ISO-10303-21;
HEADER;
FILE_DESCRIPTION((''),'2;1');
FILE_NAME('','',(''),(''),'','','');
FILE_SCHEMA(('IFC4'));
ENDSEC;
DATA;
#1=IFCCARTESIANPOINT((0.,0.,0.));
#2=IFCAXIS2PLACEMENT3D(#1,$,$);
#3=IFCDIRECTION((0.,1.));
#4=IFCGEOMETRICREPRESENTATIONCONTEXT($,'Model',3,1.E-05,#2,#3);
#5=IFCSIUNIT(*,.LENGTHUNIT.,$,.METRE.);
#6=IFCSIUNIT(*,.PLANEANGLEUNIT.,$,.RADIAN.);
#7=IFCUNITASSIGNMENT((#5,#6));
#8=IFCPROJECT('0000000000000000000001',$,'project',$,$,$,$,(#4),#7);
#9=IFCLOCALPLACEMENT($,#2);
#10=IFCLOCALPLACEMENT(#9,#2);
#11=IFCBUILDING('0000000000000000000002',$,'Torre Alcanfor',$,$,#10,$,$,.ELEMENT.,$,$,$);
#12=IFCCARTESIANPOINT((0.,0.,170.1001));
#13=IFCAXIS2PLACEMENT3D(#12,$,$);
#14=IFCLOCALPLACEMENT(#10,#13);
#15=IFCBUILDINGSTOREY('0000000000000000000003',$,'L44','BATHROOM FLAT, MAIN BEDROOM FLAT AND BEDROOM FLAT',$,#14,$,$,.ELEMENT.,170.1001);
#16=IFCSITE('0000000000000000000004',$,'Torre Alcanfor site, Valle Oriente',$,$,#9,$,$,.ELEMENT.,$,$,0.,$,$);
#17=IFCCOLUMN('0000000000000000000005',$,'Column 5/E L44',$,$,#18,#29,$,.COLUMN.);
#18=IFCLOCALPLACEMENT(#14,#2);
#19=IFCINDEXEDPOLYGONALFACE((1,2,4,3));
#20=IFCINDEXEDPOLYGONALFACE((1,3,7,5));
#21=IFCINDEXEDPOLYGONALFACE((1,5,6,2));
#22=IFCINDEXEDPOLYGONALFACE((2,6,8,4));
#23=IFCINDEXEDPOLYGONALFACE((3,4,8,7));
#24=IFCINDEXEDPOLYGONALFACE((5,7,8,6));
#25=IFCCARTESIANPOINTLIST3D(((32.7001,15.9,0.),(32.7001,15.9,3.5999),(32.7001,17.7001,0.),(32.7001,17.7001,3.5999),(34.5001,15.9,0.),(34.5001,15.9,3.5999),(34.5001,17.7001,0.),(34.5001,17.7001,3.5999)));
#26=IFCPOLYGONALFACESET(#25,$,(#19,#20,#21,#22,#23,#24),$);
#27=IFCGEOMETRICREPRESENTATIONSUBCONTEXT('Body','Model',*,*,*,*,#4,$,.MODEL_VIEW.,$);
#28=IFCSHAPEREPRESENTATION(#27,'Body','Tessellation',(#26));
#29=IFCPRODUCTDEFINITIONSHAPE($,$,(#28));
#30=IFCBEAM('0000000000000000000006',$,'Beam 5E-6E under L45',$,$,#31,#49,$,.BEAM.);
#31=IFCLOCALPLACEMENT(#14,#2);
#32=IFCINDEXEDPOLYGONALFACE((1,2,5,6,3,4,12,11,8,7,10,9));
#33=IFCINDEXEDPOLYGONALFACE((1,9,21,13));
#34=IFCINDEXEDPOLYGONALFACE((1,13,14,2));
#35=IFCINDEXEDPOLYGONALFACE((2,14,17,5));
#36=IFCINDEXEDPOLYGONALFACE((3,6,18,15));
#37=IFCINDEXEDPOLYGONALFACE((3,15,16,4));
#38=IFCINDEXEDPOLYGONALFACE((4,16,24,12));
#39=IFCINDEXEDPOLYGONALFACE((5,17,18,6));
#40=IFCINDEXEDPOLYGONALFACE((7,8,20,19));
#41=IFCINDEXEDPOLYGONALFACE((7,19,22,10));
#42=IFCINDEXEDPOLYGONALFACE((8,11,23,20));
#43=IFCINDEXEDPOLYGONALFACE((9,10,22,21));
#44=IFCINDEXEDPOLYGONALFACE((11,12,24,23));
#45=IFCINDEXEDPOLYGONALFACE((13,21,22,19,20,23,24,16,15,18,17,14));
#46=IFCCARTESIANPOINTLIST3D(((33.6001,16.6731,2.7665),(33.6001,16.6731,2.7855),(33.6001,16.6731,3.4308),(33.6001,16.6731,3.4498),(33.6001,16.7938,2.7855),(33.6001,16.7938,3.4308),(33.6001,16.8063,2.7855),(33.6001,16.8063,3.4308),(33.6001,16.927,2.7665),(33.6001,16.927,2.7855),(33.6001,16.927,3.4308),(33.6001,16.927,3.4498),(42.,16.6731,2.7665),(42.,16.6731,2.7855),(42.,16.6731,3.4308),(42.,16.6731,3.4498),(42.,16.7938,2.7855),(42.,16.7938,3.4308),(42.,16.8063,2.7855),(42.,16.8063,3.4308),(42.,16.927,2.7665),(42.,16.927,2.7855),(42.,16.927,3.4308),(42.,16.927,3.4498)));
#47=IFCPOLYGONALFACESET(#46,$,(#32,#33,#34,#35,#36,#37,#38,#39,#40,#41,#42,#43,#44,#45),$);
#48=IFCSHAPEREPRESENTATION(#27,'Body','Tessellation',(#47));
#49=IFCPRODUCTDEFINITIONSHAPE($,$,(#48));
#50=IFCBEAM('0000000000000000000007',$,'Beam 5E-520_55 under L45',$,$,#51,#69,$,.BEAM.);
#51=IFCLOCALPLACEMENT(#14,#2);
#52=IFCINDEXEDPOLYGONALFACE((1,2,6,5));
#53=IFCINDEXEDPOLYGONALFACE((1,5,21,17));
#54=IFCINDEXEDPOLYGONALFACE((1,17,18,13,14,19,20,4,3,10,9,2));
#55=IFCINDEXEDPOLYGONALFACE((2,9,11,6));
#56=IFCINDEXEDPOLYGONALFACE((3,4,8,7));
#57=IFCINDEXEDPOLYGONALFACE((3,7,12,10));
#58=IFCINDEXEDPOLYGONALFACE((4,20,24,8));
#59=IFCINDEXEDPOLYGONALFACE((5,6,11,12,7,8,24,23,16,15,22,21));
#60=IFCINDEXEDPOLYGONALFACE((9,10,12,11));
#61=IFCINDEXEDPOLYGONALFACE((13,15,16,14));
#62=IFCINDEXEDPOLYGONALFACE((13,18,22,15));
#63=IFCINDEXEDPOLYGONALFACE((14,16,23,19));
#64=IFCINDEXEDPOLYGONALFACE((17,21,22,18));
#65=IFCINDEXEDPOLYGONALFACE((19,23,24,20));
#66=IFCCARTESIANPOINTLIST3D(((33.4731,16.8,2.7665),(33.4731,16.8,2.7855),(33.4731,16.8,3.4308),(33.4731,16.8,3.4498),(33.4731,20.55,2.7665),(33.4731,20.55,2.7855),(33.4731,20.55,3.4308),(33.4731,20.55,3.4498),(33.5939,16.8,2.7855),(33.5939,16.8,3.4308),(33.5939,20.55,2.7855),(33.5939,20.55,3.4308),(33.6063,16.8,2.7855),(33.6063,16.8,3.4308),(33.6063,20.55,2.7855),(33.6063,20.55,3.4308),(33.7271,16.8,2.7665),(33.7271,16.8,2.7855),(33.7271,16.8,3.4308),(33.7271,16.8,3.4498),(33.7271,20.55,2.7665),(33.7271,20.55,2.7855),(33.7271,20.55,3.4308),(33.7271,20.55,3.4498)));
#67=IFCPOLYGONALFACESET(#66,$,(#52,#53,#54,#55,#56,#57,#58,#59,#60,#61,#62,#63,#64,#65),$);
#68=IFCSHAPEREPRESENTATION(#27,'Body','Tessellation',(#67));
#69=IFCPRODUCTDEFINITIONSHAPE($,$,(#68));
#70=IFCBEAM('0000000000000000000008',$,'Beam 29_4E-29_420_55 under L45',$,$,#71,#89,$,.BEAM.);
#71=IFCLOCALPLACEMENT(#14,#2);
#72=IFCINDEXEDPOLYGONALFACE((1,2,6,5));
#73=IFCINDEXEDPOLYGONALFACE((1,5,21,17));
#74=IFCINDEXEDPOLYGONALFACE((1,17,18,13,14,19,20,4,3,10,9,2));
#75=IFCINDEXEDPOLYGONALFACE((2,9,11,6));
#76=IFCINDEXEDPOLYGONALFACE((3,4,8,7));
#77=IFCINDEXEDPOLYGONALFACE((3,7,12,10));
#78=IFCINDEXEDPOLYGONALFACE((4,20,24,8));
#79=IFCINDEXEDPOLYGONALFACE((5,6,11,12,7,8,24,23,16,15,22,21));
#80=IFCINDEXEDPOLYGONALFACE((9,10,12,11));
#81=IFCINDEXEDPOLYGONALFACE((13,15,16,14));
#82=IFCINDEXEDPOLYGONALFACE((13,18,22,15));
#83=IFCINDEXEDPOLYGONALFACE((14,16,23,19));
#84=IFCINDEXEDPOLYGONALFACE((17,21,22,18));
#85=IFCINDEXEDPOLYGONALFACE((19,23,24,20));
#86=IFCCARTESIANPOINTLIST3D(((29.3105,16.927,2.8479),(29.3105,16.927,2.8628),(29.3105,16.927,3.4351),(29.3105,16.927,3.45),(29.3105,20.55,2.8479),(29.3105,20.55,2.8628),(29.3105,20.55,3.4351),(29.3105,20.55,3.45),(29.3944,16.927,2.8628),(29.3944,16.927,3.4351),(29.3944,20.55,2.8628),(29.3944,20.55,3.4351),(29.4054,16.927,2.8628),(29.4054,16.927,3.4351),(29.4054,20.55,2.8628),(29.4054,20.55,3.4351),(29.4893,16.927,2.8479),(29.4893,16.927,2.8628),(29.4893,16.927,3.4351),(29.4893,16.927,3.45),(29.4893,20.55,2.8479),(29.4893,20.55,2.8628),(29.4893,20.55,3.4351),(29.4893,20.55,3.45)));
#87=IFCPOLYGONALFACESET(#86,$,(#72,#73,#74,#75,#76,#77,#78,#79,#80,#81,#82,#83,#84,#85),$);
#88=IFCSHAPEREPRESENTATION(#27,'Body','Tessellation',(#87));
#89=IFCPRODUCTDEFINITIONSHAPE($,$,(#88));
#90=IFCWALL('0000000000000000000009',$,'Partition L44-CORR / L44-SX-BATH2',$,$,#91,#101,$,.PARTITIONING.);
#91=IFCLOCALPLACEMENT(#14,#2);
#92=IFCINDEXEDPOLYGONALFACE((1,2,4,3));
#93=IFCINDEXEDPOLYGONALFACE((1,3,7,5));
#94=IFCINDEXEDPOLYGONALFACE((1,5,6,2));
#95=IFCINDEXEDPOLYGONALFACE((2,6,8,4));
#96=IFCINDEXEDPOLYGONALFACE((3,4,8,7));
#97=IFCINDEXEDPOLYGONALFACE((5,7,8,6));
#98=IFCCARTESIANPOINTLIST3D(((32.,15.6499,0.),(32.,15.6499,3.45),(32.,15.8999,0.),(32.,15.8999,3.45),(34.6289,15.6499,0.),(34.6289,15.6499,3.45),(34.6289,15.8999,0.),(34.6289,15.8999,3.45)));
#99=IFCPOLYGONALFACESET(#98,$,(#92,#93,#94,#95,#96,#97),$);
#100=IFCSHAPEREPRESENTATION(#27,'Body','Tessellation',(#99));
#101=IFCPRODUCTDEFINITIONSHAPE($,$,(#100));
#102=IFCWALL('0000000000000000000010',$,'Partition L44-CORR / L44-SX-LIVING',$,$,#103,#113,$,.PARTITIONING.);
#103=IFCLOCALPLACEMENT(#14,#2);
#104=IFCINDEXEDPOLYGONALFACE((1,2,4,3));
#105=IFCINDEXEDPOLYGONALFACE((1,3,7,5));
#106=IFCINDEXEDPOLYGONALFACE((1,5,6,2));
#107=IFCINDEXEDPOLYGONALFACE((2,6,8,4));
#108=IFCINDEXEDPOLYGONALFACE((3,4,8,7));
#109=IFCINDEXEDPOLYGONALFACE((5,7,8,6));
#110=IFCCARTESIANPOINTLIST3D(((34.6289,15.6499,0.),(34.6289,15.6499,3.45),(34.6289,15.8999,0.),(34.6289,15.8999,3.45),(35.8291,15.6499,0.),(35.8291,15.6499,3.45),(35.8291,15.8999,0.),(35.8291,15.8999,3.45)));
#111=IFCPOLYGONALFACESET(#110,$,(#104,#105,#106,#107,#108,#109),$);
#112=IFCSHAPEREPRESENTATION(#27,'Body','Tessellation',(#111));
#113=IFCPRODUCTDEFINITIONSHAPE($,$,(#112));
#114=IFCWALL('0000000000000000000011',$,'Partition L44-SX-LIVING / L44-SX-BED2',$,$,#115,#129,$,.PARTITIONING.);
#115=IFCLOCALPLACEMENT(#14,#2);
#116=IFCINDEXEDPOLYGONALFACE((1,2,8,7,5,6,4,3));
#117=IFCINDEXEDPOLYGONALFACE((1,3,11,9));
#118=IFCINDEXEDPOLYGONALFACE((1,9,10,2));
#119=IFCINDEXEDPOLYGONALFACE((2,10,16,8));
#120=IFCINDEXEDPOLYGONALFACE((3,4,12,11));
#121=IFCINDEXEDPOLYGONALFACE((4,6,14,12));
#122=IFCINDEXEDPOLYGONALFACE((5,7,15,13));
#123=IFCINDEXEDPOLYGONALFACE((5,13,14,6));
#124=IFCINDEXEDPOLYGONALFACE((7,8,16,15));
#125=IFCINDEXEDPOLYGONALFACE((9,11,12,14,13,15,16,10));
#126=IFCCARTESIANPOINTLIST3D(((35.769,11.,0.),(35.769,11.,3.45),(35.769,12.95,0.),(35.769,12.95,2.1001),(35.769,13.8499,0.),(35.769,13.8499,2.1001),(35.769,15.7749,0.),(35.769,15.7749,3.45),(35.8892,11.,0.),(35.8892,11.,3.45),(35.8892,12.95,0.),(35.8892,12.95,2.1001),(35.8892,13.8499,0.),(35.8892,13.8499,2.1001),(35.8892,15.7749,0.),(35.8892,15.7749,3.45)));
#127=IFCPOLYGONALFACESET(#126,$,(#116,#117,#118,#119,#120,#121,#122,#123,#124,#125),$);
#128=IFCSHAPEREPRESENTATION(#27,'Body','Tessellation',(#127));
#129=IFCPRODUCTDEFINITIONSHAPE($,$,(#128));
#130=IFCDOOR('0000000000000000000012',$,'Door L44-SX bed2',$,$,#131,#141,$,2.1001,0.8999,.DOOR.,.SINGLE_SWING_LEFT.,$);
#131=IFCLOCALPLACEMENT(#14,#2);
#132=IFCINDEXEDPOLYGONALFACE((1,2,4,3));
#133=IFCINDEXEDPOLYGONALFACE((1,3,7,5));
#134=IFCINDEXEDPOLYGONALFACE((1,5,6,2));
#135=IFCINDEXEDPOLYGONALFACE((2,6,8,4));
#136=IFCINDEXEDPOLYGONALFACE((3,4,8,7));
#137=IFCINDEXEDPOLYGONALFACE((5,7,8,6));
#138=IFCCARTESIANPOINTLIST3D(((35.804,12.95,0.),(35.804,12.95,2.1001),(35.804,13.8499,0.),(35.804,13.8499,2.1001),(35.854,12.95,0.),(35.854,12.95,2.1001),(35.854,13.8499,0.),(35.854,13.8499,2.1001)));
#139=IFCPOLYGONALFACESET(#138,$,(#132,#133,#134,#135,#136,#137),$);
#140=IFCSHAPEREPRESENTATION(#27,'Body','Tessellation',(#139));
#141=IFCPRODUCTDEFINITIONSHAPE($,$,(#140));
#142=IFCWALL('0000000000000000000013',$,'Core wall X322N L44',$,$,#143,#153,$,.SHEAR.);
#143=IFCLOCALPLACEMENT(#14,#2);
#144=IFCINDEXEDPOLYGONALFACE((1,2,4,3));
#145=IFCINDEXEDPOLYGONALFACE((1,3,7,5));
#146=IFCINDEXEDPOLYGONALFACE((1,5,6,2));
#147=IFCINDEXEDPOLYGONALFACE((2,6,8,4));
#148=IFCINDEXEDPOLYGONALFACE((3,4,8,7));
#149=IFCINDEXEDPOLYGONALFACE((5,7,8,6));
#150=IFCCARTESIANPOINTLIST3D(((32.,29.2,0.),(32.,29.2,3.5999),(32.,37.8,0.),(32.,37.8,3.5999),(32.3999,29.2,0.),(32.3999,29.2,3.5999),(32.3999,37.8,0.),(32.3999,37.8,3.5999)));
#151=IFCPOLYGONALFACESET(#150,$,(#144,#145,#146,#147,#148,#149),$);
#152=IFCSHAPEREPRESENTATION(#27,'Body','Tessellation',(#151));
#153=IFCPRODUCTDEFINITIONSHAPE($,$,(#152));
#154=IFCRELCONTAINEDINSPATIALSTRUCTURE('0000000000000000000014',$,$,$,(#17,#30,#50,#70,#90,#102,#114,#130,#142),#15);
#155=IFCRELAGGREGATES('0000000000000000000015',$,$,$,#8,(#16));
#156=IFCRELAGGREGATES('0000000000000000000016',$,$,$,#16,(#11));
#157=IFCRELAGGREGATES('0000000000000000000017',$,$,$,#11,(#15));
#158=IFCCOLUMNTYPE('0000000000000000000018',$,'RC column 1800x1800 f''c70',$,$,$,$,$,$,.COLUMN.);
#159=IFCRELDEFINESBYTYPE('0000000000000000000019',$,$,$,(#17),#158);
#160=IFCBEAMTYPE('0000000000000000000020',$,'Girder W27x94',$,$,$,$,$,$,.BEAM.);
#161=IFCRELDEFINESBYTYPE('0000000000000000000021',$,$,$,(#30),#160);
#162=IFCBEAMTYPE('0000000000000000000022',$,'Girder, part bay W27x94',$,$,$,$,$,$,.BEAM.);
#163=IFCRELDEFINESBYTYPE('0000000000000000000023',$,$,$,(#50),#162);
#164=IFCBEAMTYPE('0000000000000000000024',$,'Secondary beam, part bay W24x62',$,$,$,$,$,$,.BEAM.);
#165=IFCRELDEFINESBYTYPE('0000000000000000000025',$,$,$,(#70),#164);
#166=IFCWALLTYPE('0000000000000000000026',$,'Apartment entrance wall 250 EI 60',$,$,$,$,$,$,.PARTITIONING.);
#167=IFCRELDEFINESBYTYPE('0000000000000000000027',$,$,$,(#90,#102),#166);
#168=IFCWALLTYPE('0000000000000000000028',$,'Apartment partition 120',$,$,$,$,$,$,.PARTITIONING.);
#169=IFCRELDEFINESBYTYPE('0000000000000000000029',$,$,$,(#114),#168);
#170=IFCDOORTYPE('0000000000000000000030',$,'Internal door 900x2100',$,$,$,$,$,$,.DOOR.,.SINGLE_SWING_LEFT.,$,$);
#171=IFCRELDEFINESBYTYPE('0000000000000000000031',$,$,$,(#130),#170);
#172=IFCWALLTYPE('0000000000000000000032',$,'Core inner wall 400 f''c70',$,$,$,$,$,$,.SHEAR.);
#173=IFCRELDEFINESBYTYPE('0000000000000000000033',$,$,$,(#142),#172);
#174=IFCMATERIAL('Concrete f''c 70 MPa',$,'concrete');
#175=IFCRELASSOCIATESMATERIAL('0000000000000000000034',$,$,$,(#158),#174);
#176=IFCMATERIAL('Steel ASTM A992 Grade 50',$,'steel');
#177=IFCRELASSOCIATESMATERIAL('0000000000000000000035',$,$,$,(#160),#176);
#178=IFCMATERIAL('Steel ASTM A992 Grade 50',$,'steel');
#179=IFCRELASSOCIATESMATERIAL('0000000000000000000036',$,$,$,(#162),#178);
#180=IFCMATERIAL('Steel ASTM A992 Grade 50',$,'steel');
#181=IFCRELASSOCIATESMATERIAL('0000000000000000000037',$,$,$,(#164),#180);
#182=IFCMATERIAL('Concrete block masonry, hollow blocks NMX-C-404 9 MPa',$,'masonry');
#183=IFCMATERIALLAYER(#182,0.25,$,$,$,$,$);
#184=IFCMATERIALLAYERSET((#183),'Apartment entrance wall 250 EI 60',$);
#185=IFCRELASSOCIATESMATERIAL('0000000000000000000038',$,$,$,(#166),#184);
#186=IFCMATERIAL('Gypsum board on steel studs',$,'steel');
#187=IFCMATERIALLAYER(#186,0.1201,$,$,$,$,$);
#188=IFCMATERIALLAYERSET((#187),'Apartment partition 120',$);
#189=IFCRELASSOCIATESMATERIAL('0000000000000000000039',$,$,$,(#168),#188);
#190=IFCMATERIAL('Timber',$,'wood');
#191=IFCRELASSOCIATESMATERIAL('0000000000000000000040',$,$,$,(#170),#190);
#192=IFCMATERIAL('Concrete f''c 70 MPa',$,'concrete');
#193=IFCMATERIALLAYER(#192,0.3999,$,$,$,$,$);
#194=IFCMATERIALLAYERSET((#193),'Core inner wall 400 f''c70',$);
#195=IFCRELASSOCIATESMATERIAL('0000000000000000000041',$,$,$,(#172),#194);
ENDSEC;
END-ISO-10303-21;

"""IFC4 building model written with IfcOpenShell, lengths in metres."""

from ifc_helpers import new_model, si_unit, direction, frame, frame_2d, origin, origin_2d, place, context, subcontext, project, spatial, rectangle, i_section, extrude, material, layer, layer_set, material_profile, profile_set, type_object, element, fill, save


model = new_model("IFC4")

# Units and contexts
model_context = context("Model", 3, precision=1e-05, world=origin(), true_north=direction((0.0, 1.0)))
body_context = subcontext(model_context, "Body", "Model", "MODEL_VIEW")
ifc_project = project(units=[si_unit("LENGTHUNIT", "METRE"), si_unit("PLANEANGLEUNIT", "RADIAN")], contexts=[model_context])

# Site, building, storey
site_placement = place(None, origin())
site = spatial("IfcSite", under=ifc_project, at=site_placement, Name="Torre Alcanfor site, Valle Oriente", CompositionType="ELEMENT", RefElevation=0.0)
building_placement = place(site_placement, origin())
building = spatial("IfcBuilding", under=site, at=building_placement, Name="Torre Alcanfor", CompositionType="ELEMENT")
storey_placement = place(building_placement, frame((0.0, 0.0, 170.1001)))
storey = spatial("IfcBuildingStorey", under=building, at=storey_placement, Name="L44", Description="BATHROOM FLAT, MAIN BEDROOM FLAT AND BEDROOM FLAT", CompositionType="ELEMENT", Elevation=170.1001)

# Column
ifc_material_1 = material(Name="Concrete f'c 70 MPa", Category="concrete")
ifc_material_profile_1 = material_profile(ifc_material_1, rectangle(XDim=1.8, YDim=1.8, at=origin_2d()), Name="1800x1800")
ifc_profile_set_1 = profile_set([ifc_material_profile_1], Name="Concrete f'c 70 MPa")
column_type = type_object("IfcColumnType", Name="RC column 1800x1800 f'c70", PredefinedType="COLUMN", material=ifc_profile_set_1)
column_placement = place(storey_placement, frame((33.6001, 16.8, 0.0), z_axis=(0.0, 0.0, 1.0), x_axis=(1.0, 0.0, 0.0)))
element("IfcColumn", 1, at=column_placement, inside=storey, type_object=column_type, Name="Column 5/E L44", PredefinedType="COLUMN", context=body_context, shape_type="SweptSolid", body=[
    extrude(rectangle(XDim=1.8, YDim=1.8, at=origin_2d()), origin(), (0.0, 0.0, 1.0), 3.5999),
])

# Beams
ifc_material_2 = material(Name="Steel ASTM A992 Grade 50", Category="steel")
ifc_material_profile_2 = material_profile(ifc_material_2, i_section(OverallWidth=0.2539, OverallDepth=0.6833, WebThickness=0.0125, FlangeThickness=0.019, at=origin_2d()), Name="W27x94")
ifc_profile_set_2 = profile_set([ifc_material_profile_2], Name="Steel ASTM A992 Grade 50")
beam_type_1 = type_object("IfcBeamType", Name="Girder W27x94", PredefinedType="BEAM", material=ifc_profile_set_2)
beam_1_placement = place(storey_placement, frame((33.6001, 16.8, 3.1082), z_axis=(1.0, 0.0, 0.0), x_axis=(0.0, 1.0, 0.0)))
element("IfcBeam", 2, at=beam_1_placement, inside=storey, type_object=beam_type_1, Name="Beam 5E-6E under L45", PredefinedType="BEAM", context=body_context, shape_type="SweptSolid", body=[
    extrude(i_section(OverallWidth=0.2539, OverallDepth=0.6833, WebThickness=0.0125, FlangeThickness=0.019, at=origin_2d()), origin(), (0.0, 0.0, 1.0), 8.3999),
])
ifc_material_3 = material(Name="Steel ASTM A992 Grade 50", Category="steel")
ifc_material_profile_3 = material_profile(ifc_material_3, i_section(OverallWidth=0.2539, OverallDepth=0.6833, WebThickness=0.0125, FlangeThickness=0.019, at=origin_2d()), Name="W27x94")
ifc_profile_set_3 = profile_set([ifc_material_profile_3], Name="Steel ASTM A992 Grade 50")
beam_type_2 = type_object("IfcBeamType", Name="Girder, part bay W27x94", PredefinedType="BEAM", material=ifc_profile_set_3)
beam_2_placement = place(storey_placement, frame((33.6001, 16.8, 3.1082), z_axis=(0.0, 1.0, 0.0), x_axis=(-1.0, 0.0, 0.0)))
element("IfcBeam", 3, at=beam_2_placement, inside=storey, type_object=beam_type_2, Name="Beam 5E-520_55 under L45", PredefinedType="BEAM", context=body_context, shape_type="SweptSolid", body=[
    extrude(i_section(OverallWidth=0.2539, OverallDepth=0.6833, WebThickness=0.0125, FlangeThickness=0.019, at=origin_2d()), origin(), (0.0, 0.0, 1.0), 3.75),
])
ifc_material_4 = material(Name="Steel ASTM A992 Grade 50", Category="steel")
ifc_material_profile_4 = material_profile(ifc_material_4, i_section(OverallWidth=0.1787, OverallDepth=0.6021, WebThickness=0.011, FlangeThickness=0.0149, at=origin_2d()), Name="W24x62")
ifc_profile_set_4 = profile_set([ifc_material_profile_4], Name="Steel ASTM A992 Grade 50")
beam_type_3 = type_object("IfcBeamType", Name="Secondary beam, part bay W24x62", PredefinedType="BEAM", material=ifc_profile_set_4)
beam_3_placement = place(storey_placement, frame((29.3999, 16.927, 3.1489), z_axis=(0.0, 1.0, 0.0), x_axis=(-1.0, 0.0, 0.0)))
element("IfcBeam", 4, at=beam_3_placement, inside=storey, type_object=beam_type_3, Name="Beam 29_4E-29_420_55 under L45", PredefinedType="BEAM", context=body_context, shape_type="SweptSolid", body=[
    extrude(i_section(OverallWidth=0.1787, OverallDepth=0.6021, WebThickness=0.011, FlangeThickness=0.0149, at=origin_2d()), origin(), (0.0, 0.0, 1.0), 3.623),
])

# Walls
ifc_material_5 = material(Name="Concrete block masonry, hollow blocks NMX-C-404 9 MPa", Category="masonry")
ifc_layer_1 = layer(ifc_material_5, 0.25)
ifc_layer_set_1 = layer_set([ifc_layer_1], Name="Apartment entrance wall 250 EI 60")
wall_type_1 = type_object("IfcWallType", Name="Apartment entrance wall 250 EI 60", PredefinedType="PARTITIONING", material=ifc_layer_set_1)
wall_1_placement = place(storey_placement, frame((34.6289, 15.7749, 0.0), z_axis=(0.0, 0.0, 1.0), x_axis=(-1.0, 0.0, 0.0)))
element("IfcWall", 5, at=wall_1_placement, inside=storey, type_object=wall_type_1, Name="Partition L44-CORR / L44-SX-BATH2", PredefinedType="PARTITIONING", context=body_context, shape_type="SweptSolid", body=[
    extrude(rectangle(XDim=2.6289, YDim=0.25, at=frame_2d((1.3145, 0.0))), origin(), (0.0, 0.0, 1.0), 3.45),
])
wall_2_placement = place(storey_placement, frame((35.8291, 15.7749, 0.0), z_axis=(0.0, 0.0, 1.0), x_axis=(-1.0, 0.0, 0.0)))
element("IfcWall", 6, at=wall_2_placement, inside=storey, type_object=wall_type_1, Name="Partition L44-CORR / L44-SX-LIVING", PredefinedType="PARTITIONING", context=body_context, shape_type="SweptSolid", body=[
    extrude(rectangle(XDim=1.2002, YDim=0.25, at=frame_2d((0.6001, 0.0))), origin(), (0.0, 0.0, 1.0), 3.45),
])

# Wall, opening, door
ifc_material_6 = material(Name="Gypsum board on steel studs", Category="steel")
ifc_layer_2 = layer(ifc_material_6, 0.1201)
ifc_layer_set_2 = layer_set([ifc_layer_2], Name="Apartment partition 120")
wall_type_2 = type_object("IfcWallType", Name="Apartment partition 120", PredefinedType="PARTITIONING", material=ifc_layer_set_2)
wall_3_placement = place(storey_placement, frame((35.8291, 15.7749, 0.0), z_axis=(0.0, 0.0, 1.0), x_axis=(0.0, -1.0, 0.0)))
wall_3 = element("IfcWall", 7, at=wall_3_placement, inside=storey, type_object=wall_type_2, Name="Partition L44-SX-LIVING / L44-SX-BED2", PredefinedType="PARTITIONING", context=body_context, shape_type="SweptSolid", body=[
    extrude(rectangle(XDim=4.7749, YDim=0.1201, at=frame_2d((2.3875, 0.0))), origin(), (0.0, 0.0, 1.0), 3.45),
])
opening_1_placement = place(wall_3_placement, frame((1.925, 0.0, 0.0)))
opening_1 = element("IfcOpeningElement", 8, at=opening_1_placement, cuts=wall_3, PredefinedType="OPENING", context=body_context, shape_type="SweptSolid", body=[
    extrude(rectangle(XDim=0.8999, YDim=2.1001, at=frame_2d((0.45, 1.05))), frame((0.0, 0.0701, 0.0), z_axis=(0.0, -1.0, 0.0), x_axis=(1.0, 0.0, 0.0)), (0.0, 0.0, 1.0), 0.1401),
])
ifc_material_7 = material(Name="Timber", Category="wood")
door_type_1 = type_object("IfcDoorType", Name="Internal door 900x2100", OperationType="SINGLE_SWING_LEFT", PredefinedType="DOOR", material=ifc_material_7)
door_1_placement = place(opening_1_placement, origin())
door_1 = element("IfcDoor", 9, at=door_1_placement, inside=storey, type_object=door_type_1, Name="Door L44-SX bed2", OperationType="SINGLE_SWING_LEFT", OverallHeight=2.1001, OverallWidth=0.8999, PredefinedType="DOOR", context=body_context, shape_type="SweptSolid", body=[
    extrude(rectangle(XDim=0.8999, YDim=2.1001, at=frame_2d((0.45, 1.05))), frame((0.0, 0.0249, 0.0), z_axis=(0.0, -1.0, 0.0), x_axis=(1.0, 0.0, 0.0)), (0.0, 0.0, 1.0), 0.05),
])
fill(opening_1, door_1)

# Wall
ifc_material_8 = material(Name="Concrete f'c 70 MPa", Category="concrete")
ifc_layer_3 = layer(ifc_material_8, 0.3999)
ifc_layer_set_3 = layer_set([ifc_layer_3], Name="Core inner wall 400 f'c70")
wall_type_3 = type_object("IfcWallType", Name="Core inner wall 400 f'c70", PredefinedType="SHEAR", material=ifc_layer_set_3)
wall_4_placement = place(storey_placement, frame((32.2, 29.2, 0.0), z_axis=(0.0, 0.0, 1.0), x_axis=(0.0, 1.0, 0.0)))
element("IfcWall", 10, at=wall_4_placement, inside=storey, type_object=wall_type_3, Name="Core wall X322N L44", PredefinedType="SHEAR", context=body_context, shape_type="SweptSolid", body=[
    extrude(rectangle(XDim=8.6001, YDim=0.3999, at=frame_2d((4.3, 0.0))), origin(), (0.0, 0.0, 1.0), 3.5999),
])

save(model, "model.ifc")
